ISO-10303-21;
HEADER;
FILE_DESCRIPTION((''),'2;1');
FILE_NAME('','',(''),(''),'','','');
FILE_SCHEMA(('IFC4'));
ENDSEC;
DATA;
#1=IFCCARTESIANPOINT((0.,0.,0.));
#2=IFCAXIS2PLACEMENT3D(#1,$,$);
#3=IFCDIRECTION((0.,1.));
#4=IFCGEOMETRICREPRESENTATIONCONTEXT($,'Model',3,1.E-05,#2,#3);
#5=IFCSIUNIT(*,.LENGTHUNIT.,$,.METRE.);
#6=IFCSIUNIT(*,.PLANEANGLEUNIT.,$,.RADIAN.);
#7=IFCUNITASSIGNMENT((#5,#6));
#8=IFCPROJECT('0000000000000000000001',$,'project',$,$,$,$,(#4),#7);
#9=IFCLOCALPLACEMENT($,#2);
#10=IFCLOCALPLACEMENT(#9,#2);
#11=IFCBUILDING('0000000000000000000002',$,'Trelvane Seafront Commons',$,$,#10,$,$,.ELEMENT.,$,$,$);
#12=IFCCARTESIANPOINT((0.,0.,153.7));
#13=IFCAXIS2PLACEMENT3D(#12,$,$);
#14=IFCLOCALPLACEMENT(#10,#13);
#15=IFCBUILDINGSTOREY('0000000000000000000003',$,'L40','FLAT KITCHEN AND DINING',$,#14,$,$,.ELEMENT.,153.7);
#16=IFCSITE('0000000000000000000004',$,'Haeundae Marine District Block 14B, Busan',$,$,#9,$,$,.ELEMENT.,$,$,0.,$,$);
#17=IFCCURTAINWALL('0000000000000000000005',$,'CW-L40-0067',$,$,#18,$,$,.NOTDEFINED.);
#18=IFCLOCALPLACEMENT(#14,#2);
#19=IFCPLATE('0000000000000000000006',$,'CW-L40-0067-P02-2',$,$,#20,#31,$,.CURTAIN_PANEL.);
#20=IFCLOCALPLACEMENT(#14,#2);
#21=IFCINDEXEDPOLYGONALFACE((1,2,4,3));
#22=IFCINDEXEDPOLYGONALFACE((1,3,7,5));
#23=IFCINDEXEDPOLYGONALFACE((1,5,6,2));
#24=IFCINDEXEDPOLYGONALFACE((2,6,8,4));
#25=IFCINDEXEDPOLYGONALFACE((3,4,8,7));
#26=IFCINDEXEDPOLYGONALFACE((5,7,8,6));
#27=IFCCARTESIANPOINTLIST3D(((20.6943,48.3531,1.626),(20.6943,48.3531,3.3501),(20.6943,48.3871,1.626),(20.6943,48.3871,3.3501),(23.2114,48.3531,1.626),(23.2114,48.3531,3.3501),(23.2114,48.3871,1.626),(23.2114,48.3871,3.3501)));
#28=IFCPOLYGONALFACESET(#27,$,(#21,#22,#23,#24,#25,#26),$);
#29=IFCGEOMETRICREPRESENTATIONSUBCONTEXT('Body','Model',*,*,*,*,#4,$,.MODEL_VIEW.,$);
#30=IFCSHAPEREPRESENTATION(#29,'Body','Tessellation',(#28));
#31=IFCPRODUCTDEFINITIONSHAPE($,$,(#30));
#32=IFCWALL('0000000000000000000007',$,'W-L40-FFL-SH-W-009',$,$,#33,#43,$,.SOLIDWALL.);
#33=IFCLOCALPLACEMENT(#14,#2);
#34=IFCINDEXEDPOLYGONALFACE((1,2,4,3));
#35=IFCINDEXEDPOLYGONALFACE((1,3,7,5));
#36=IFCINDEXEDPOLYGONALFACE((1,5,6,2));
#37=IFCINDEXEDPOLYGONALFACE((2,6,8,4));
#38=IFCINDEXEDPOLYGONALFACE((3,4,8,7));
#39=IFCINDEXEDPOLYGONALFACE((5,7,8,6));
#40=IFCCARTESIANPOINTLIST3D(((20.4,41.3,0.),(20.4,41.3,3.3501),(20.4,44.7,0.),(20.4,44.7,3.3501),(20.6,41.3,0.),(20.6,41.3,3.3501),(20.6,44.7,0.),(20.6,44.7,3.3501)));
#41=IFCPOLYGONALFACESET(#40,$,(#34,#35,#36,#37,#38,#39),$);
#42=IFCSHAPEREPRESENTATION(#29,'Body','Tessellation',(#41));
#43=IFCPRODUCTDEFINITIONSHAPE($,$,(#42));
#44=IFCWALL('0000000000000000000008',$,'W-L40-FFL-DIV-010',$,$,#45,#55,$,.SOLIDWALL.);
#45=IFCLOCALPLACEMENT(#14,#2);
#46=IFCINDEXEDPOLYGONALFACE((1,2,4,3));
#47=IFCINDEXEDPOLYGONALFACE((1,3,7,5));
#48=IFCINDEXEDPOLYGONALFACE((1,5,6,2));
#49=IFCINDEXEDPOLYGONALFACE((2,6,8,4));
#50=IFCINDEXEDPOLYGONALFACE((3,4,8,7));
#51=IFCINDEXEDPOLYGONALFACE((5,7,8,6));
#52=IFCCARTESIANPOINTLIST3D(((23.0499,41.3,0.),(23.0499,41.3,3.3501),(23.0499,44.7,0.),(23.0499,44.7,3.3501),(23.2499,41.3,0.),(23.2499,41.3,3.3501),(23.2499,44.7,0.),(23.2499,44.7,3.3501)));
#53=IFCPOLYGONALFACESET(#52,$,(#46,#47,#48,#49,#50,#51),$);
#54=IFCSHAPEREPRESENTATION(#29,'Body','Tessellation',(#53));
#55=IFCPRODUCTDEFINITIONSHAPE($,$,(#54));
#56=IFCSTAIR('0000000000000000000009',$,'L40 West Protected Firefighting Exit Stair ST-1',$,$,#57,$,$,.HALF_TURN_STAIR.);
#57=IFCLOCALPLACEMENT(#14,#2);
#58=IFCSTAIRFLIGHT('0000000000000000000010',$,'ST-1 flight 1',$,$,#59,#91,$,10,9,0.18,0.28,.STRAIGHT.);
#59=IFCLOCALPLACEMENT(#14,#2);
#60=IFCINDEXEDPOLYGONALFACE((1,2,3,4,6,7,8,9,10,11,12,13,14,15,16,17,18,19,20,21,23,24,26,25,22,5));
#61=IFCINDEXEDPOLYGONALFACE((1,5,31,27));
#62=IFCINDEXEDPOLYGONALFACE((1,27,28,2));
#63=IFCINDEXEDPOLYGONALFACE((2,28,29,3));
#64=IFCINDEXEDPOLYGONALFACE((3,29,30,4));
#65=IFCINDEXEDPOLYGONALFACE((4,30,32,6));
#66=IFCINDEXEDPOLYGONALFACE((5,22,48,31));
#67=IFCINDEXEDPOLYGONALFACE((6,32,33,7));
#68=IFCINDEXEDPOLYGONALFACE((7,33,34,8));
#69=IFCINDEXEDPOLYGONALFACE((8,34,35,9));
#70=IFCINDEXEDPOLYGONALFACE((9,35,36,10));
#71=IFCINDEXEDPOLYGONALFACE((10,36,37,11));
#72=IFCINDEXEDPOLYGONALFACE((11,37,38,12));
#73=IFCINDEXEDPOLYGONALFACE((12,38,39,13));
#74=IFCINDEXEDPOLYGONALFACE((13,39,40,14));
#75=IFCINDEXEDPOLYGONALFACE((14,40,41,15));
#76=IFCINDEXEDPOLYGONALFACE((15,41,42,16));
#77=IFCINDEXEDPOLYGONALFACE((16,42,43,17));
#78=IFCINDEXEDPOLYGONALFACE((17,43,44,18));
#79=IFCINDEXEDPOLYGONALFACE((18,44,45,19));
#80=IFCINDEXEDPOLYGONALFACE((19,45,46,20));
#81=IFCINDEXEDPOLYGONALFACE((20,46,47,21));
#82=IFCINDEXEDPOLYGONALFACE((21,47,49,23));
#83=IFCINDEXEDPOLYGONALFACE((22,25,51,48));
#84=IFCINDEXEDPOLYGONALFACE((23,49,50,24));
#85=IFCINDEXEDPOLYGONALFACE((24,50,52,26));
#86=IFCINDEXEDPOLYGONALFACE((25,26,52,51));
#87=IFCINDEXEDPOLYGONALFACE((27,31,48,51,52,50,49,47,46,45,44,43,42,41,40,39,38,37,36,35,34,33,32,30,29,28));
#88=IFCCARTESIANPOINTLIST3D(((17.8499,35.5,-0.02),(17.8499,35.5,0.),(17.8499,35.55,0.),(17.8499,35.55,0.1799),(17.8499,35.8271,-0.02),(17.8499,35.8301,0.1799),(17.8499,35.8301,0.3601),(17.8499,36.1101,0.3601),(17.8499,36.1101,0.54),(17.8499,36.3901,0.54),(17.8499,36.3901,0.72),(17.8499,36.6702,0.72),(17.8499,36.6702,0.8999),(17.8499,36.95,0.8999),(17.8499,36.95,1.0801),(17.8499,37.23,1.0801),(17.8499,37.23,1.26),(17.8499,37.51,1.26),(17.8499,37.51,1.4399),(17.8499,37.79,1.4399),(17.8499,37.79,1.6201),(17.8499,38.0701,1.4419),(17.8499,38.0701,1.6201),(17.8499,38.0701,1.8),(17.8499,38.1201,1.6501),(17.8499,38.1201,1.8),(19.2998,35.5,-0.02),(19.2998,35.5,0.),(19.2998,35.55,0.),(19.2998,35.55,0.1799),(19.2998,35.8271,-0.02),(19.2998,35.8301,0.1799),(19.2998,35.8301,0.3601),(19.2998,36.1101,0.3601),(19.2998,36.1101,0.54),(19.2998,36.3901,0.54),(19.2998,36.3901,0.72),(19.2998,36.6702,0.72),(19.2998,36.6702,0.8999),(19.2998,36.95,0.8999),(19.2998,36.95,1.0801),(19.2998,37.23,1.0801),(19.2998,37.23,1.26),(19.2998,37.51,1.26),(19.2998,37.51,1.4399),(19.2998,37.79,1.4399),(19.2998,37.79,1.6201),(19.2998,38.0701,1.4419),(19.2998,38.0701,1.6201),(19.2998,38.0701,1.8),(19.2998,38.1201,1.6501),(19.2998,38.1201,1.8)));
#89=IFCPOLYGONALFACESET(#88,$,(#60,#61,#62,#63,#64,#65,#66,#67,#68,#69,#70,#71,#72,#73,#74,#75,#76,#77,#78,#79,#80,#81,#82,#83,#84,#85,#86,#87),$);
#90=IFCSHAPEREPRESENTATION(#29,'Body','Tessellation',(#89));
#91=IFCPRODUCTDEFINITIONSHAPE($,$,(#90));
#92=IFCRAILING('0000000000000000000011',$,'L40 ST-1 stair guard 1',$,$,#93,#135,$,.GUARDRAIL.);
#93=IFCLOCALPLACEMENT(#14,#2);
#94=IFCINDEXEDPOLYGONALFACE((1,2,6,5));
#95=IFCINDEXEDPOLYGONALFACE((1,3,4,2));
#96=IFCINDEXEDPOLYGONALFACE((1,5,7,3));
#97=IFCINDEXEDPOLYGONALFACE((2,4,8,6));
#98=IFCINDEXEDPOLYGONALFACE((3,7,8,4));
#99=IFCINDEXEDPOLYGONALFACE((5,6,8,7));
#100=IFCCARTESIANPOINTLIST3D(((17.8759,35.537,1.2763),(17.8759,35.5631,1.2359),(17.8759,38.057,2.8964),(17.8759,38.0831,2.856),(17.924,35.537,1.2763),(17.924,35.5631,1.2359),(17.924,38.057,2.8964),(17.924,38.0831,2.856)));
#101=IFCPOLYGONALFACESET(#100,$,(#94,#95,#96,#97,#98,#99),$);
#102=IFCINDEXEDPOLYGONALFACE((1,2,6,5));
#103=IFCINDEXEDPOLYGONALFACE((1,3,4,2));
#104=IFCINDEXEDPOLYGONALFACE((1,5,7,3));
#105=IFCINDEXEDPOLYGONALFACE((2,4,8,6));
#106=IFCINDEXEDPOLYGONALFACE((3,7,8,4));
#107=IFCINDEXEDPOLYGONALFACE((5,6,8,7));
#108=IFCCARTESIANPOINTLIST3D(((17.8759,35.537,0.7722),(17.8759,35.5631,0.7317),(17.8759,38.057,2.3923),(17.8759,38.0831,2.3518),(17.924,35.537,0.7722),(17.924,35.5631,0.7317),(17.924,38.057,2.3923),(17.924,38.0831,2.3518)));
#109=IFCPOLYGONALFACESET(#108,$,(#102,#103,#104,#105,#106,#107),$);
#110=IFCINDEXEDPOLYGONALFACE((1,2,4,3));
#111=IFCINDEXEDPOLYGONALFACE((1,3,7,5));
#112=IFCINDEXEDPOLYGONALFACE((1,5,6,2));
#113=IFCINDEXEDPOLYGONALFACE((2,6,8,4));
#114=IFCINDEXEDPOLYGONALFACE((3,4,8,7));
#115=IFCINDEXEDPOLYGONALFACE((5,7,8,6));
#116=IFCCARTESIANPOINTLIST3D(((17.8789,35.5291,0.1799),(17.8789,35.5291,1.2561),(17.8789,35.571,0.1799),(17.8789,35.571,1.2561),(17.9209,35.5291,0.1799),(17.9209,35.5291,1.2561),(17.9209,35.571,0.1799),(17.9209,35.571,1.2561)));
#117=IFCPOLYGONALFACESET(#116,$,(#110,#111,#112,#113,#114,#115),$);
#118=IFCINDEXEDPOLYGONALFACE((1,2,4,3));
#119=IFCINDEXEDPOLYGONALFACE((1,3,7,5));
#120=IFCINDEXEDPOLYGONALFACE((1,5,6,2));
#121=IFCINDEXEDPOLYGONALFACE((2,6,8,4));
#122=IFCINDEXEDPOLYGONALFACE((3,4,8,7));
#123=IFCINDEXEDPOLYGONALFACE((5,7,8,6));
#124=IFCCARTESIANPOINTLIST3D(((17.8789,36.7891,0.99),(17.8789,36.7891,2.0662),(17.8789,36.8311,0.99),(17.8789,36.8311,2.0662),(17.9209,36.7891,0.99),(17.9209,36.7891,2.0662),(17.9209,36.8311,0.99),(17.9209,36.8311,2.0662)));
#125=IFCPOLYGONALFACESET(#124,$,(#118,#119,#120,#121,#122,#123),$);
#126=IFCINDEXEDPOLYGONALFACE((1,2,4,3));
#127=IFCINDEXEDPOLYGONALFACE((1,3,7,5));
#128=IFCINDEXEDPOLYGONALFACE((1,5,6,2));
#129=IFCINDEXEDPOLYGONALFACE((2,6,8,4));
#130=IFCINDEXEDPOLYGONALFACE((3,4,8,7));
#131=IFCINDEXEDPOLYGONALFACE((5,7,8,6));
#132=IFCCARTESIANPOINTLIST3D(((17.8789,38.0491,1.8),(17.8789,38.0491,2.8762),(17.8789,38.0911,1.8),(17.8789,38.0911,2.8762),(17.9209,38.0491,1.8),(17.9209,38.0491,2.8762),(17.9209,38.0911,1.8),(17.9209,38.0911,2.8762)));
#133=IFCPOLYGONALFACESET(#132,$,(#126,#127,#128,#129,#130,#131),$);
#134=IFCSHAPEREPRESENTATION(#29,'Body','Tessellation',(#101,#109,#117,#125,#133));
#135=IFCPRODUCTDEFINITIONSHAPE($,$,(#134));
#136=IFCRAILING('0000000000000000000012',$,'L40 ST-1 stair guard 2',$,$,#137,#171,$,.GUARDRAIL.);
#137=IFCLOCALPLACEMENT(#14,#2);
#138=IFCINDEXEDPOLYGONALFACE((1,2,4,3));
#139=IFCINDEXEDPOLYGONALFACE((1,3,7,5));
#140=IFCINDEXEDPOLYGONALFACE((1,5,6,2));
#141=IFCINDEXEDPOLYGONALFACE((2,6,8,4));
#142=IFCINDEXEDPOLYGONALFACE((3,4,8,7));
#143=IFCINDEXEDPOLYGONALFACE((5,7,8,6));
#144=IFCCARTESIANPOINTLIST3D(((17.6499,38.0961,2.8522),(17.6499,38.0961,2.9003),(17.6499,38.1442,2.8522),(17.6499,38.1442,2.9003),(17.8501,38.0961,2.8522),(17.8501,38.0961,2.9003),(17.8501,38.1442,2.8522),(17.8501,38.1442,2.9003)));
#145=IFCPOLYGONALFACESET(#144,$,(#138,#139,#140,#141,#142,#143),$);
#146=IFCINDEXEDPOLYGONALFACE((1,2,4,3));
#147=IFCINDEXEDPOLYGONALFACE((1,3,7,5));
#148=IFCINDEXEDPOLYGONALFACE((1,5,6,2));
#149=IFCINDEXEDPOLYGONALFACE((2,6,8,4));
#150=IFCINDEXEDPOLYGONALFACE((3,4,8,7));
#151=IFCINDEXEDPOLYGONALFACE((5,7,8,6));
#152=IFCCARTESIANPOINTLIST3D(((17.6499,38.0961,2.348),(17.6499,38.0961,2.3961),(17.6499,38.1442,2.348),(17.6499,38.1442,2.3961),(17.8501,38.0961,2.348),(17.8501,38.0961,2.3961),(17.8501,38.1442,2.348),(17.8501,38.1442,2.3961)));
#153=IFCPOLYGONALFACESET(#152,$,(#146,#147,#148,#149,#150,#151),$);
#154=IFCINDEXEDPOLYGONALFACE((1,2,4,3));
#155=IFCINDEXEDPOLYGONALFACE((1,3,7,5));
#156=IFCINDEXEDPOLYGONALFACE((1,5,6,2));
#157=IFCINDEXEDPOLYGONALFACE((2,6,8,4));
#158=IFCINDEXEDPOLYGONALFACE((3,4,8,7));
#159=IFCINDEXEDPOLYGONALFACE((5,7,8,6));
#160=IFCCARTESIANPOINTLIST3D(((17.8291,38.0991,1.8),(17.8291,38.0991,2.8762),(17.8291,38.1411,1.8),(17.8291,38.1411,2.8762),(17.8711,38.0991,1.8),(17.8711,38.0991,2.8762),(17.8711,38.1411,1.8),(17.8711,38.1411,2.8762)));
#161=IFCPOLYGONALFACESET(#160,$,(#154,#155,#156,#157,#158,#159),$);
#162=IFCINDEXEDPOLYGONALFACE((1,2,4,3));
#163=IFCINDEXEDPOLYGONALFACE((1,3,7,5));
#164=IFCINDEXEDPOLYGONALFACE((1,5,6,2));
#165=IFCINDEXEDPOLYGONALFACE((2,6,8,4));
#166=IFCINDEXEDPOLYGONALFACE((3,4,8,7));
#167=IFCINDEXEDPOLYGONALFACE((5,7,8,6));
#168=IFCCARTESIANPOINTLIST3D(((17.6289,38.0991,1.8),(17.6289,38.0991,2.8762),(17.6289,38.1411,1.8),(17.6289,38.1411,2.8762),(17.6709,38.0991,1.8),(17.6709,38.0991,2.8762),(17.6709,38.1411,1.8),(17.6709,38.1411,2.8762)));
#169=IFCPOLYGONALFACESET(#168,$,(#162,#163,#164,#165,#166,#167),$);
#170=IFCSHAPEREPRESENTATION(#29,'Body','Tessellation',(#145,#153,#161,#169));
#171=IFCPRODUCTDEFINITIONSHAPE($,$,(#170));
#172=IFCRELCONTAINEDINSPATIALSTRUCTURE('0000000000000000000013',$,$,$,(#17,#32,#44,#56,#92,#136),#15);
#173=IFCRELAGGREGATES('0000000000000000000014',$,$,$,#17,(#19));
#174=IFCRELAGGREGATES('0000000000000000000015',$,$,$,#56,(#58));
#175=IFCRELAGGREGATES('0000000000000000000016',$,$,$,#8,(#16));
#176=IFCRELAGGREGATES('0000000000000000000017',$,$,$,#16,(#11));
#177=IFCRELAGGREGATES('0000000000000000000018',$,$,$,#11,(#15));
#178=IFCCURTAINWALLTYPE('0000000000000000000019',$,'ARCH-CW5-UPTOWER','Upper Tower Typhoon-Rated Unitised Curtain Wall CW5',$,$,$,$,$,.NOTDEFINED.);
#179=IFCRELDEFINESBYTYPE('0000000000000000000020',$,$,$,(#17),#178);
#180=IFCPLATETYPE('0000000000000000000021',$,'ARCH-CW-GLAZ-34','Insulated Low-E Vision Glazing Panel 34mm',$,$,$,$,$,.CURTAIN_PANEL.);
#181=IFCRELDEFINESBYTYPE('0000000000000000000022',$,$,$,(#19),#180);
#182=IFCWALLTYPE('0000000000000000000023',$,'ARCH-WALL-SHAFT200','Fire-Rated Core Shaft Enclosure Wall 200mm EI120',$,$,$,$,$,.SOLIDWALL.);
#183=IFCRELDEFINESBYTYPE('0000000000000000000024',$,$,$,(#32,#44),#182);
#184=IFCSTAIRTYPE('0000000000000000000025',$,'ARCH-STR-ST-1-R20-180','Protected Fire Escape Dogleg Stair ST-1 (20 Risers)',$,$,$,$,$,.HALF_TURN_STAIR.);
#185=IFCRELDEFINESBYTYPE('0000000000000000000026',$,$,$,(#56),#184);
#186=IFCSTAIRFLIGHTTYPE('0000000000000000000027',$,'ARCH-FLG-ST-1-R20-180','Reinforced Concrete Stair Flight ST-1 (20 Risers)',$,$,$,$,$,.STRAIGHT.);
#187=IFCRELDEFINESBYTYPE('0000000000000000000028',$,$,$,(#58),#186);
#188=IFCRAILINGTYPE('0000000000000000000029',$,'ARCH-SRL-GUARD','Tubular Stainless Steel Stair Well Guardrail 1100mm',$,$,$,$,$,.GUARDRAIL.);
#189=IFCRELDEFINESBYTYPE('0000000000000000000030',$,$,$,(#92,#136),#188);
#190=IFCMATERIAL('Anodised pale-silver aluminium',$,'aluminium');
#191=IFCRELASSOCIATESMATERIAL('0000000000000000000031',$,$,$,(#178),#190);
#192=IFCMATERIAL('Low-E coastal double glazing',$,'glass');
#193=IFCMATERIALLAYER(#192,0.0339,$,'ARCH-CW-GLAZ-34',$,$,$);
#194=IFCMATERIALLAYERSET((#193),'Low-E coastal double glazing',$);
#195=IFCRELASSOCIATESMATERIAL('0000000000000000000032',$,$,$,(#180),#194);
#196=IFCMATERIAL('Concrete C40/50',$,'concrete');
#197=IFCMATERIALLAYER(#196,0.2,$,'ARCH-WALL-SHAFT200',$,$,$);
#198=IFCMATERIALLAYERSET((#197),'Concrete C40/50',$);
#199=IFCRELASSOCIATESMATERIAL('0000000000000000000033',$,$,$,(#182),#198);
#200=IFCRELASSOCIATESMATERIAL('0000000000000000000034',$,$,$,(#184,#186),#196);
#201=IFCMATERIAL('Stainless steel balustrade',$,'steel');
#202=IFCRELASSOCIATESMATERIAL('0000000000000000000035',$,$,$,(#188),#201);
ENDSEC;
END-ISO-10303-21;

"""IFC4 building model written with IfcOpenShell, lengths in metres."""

from ifc_helpers import new_model, si_unit, direction, frame, frame_2d, origin, origin_2d, place, context, subcontext, project, spatial, polyline, rectangle, outline, extrude, source, transform, mapped, material, layer, layer_set, type_object, element, aggregate, save


model = new_model("IFC4")

# Units and contexts
model_context = context("Model", 3, precision=1e-05, world=origin(), true_north=direction((0.0, 1.0)))
body_context = subcontext(model_context, "Body", "Model", "MODEL_VIEW")
ifc_project = project(units=[si_unit("LENGTHUNIT", "METRE"), si_unit("PLANEANGLEUNIT", "RADIAN")], contexts=[model_context])

# Site, building, storey
site_placement = place(None, origin())
site = spatial("IfcSite", under=ifc_project, at=site_placement, Name="Haeundae Marine District Block 14B, Busan", CompositionType="ELEMENT", RefElevation=0.0)
building_placement = place(site_placement, origin())
building = spatial("IfcBuilding", under=site, at=building_placement, Name="Trelvane Seafront Commons", CompositionType="ELEMENT")
storey_placement = place(building_placement, frame((0.0, 0.0, 153.7)))
storey = spatial("IfcBuildingStorey", under=building, at=storey_placement, Name="L40", Description="FLAT KITCHEN AND DINING", CompositionType="ELEMENT", Elevation=153.7)

# Curtain wall
ifc_material_1 = material(Name="Anodised pale-silver aluminium", Category="aluminium")
curtain_wall_type = type_object("IfcCurtainWallType", Name="ARCH-CW5-UPTOWER", Description="Upper Tower Typhoon-Rated Unitised Curtain Wall CW5", PredefinedType="NOTDEFINED", material=ifc_material_1)
curtain_wall_placement = place(storey_placement, origin())
curtain_wall = element("IfcCurtainWall", 1, at=curtain_wall_placement, inside=storey, type_object=curtain_wall_type, Name="CW-L40-0067", PredefinedType="NOTDEFINED")

# Plate
ifc_material_2 = material(Name="Low-E coastal double glazing", Category="glass")
ifc_layer_1 = layer(ifc_material_2, 0.0339, Name="ARCH-CW-GLAZ-34")
ifc_layer_set_1 = layer_set([ifc_layer_1], Name="Low-E coastal double glazing")
plate_type_1 = type_object("IfcPlateType", Name="ARCH-CW-GLAZ-34", Description="Insulated Low-E Vision Glazing Panel 34mm", PredefinedType="CURTAIN_PANEL", material=ifc_layer_set_1)
shared_shape_1 = source(origin(), body_context, "Body", "SweptSolid", [
    extrude(rectangle(XDim=2.5171, YDim=0.0339, at=origin_2d()), origin(), (0.0, 0.0, 1.0), 1.7241),
])
plate_1_placement = place(storey_placement, frame((21.9529, 48.3701, 1.626), z_axis=(0.0, 0.0, 1.0), x_axis=(1.0, 0.0, 0.0)))
plate_1 = element("IfcPlate", 2, at=plate_1_placement, type_object=plate_type_1, Name="CW-L40-0067-P02-2", PredefinedType="CURTAIN_PANEL", context=body_context, shape_type="MappedRepresentation", body=[
    mapped(shared_shape_1, transform((0.0, 0.0, 0.0), x_axis=(1.0, 0.0, 0.0), y_axis=(0.0, 1.0, 0.0), z_axis=(0.0, 0.0, 1.0), scale=1.0)),
])
aggregate(curtain_wall, [plate_1])

# Shared definitions
ifc_material_3 = material(Name="Concrete C40/50", Category="concrete")
ifc_layer_2 = layer(ifc_material_3, 0.2, Name="ARCH-WALL-SHAFT200")
ifc_layer_set_2 = layer_set([ifc_layer_2], Name="Concrete C40/50")
wall_type = type_object("IfcWallType", Name="ARCH-WALL-SHAFT200", Description="Fire-Rated Core Shaft Enclosure Wall 200mm EI120", PredefinedType="SOLIDWALL", material=ifc_layer_set_2)
ifc_material_4 = material(Name="Stainless steel balustrade", Category="steel")

# Walls
for number, where, z_axis, x_axis, name in (
    (3, (20.5, 41.3, 0.0), (0.0, 0.0, 1.0), (0.0, 1.0, 0.0), "W-L40-FFL-SH-W-009"),
    (4, (23.1499, 41.3, 0.0), (0.0, 0.0, 1.0), (0.0, 1.0, 0.0), "W-L40-FFL-DIV-010"),
):
    element("IfcWall", number, at=place(storey_placement, frame(where, z_axis=z_axis, x_axis=x_axis)), inside=storey, type_object=wall_type, Name=name, PredefinedType="SOLIDWALL", context=body_context, shape_type="SweptSolid", body=[
        extrude(rectangle(XDim=3.3999, YDim=0.2, at=frame_2d((1.7, 0.0))), origin(), (0.0, 0.0, 1.0), 3.3501),
    ])

# Stair, stair flight
stair_type = type_object("IfcStairType", Name="ARCH-STR-ST-1-R20-180", Description="Protected Fire Escape Dogleg Stair ST-1 (20 Risers)", PredefinedType="HALF_TURN_STAIR", material=ifc_material_3)
stair_placement = place(storey_placement, origin())
stair = element("IfcStair", 5, at=stair_placement, inside=storey, type_object=stair_type, Name="L40 West Protected Firefighting Exit Stair ST-1", PredefinedType="HALF_TURN_STAIR")
stair_flight_type = type_object("IfcStairFlightType", Name="ARCH-FLG-ST-1-R20-180", Description="Reinforced Concrete Stair Flight ST-1 (20 Risers)", PredefinedType="STRAIGHT", material=ifc_material_3)
shared_shape_2 = source(origin(), body_context, "Body", "SweptSolid", [
    extrude(outline(polyline([(-0.05, -0.02), (-0.05, 0.0), (0.0, 0.0), (0.0, 0.1799), (0.28, 0.1799), (0.28, 0.3601), (0.5601, 0.3601), (0.5601, 0.54), (0.8401, 0.54), (0.8401, 0.72), (1.1201, 0.72), (1.1201, 0.8999), (1.3999, 0.8999), (1.3999, 1.0801), (1.6799, 1.0801), (1.6799, 1.26), (1.96, 1.26), (1.96, 1.4399), (2.24, 1.4399), (2.24, 1.6201), (2.52, 1.6201), (2.52, 1.8), (2.5701, 1.8), (2.5701, 1.6501), (2.52, 1.4419), (0.2771, -0.02), (-0.05, -0.02)])), frame((0.0, 0.7251, 0.0), z_axis=(0.0, -1.0, 0.0), x_axis=(1.0, 0.0, 0.0)), (0.0, 0.0, 1.0), 1.45),
])
stair_flight_placement = place(storey_placement, frame((18.575, 35.55, 0.0), z_axis=(0.0, 0.0, 1.0), x_axis=(0.0, 1.0, 0.0)))
stair_flight = element("IfcStairFlight", 6, at=stair_flight_placement, type_object=stair_flight_type, Name="ST-1 flight 1", NumberOfRisers=10, NumberOfTreads=9, PredefinedType="STRAIGHT", RiserHeight=0.18, TreadLength=0.28, context=body_context, shape_type="MappedRepresentation", body=[
    mapped(shared_shape_2, transform((0.0, 0.0, 0.0), x_axis=(1.0, 0.0, 0.0), y_axis=(0.0, 1.0, 0.0), z_axis=(0.0, 0.0, 1.0), scale=1.0)),
])
aggregate(stair, [stair_flight])

# Railings
railing_type_1 = type_object("IfcRailingType", Name="ARCH-SRL-GUARD", Description="Tubular Stainless Steel Stair Well Guardrail 1100mm", PredefinedType="GUARDRAIL", material=ifc_material_4)
railing_1_placement = place(storey_placement, frame((17.8999, 35.55, 0.1799)))
element("IfcRailing", 7, at=railing_1_placement, inside=storey, type_object=railing_type_1, Name="L40 ST-1 stair guard 1", PredefinedType="GUARDRAIL", context=body_context, shape_type="SweptSolid", body=[
    extrude(rectangle(XDim=0.0481, YDim=0.0481, at=origin_2d()), frame((0.0, 0.0, 1.0762), z_axis=(0.0, 0.841163, 0.540782), x_axis=(-1.0, 0.0, 0.0)), (0.0, 0.0, 1.0), 2.9958),
    extrude(rectangle(XDim=0.0481, YDim=0.0481, at=origin_2d()), frame((0.0, 0.0, 0.572), z_axis=(0.0, 0.841163, 0.540782), x_axis=(-1.0, 0.0, 0.0)), (0.0, 0.0, 1.0), 2.9958),
    extrude(rectangle(XDim=0.042, YDim=0.042, at=origin_2d()), origin(), (0.0, 0.0, 1.0), 1.0762),
    extrude(rectangle(XDim=0.042, YDim=0.042, at=origin_2d()), frame((0.0, 1.26, 0.8101)), (0.0, 0.0, 1.0), 1.0762),
    extrude(rectangle(XDim=0.042, YDim=0.042, at=origin_2d()), frame((0.0, 2.52, 1.6201)), (0.0, 0.0, 1.0), 1.0762),
])
railing_2_placement = place(storey_placement, frame((17.8501, 38.1201, 1.8)))
element("IfcRailing", 8, at=railing_2_placement, inside=storey, type_object=railing_type_1, Name="L40 ST-1 stair guard 2", PredefinedType="GUARDRAIL", context=body_context, shape_type="SweptSolid", body=[
    extrude(rectangle(XDim=0.0481, YDim=0.0481, at=origin_2d()), frame((0.0, 0.0, 1.0762), z_axis=(-1.0, 0.0, 0.0), x_axis=(0.0, -1.0, 0.0)), (0.0, 0.0, 1.0), 0.2002),
    extrude(rectangle(XDim=0.0481, YDim=0.0481, at=origin_2d()), frame((0.0, 0.0, 0.572), z_axis=(-1.0, 0.0, 0.0), x_axis=(0.0, -1.0, 0.0)), (0.0, 0.0, 1.0), 0.2002),
    extrude(rectangle(XDim=0.042, YDim=0.042, at=origin_2d()), origin(), (0.0, 0.0, 1.0), 1.0762),
    extrude(rectangle(XDim=0.042, YDim=0.042, at=origin_2d()), frame((-0.2002, 0.0, 0.0)), (0.0, 0.0, 1.0), 1.0762),
])

save(model, "model.ifc")
